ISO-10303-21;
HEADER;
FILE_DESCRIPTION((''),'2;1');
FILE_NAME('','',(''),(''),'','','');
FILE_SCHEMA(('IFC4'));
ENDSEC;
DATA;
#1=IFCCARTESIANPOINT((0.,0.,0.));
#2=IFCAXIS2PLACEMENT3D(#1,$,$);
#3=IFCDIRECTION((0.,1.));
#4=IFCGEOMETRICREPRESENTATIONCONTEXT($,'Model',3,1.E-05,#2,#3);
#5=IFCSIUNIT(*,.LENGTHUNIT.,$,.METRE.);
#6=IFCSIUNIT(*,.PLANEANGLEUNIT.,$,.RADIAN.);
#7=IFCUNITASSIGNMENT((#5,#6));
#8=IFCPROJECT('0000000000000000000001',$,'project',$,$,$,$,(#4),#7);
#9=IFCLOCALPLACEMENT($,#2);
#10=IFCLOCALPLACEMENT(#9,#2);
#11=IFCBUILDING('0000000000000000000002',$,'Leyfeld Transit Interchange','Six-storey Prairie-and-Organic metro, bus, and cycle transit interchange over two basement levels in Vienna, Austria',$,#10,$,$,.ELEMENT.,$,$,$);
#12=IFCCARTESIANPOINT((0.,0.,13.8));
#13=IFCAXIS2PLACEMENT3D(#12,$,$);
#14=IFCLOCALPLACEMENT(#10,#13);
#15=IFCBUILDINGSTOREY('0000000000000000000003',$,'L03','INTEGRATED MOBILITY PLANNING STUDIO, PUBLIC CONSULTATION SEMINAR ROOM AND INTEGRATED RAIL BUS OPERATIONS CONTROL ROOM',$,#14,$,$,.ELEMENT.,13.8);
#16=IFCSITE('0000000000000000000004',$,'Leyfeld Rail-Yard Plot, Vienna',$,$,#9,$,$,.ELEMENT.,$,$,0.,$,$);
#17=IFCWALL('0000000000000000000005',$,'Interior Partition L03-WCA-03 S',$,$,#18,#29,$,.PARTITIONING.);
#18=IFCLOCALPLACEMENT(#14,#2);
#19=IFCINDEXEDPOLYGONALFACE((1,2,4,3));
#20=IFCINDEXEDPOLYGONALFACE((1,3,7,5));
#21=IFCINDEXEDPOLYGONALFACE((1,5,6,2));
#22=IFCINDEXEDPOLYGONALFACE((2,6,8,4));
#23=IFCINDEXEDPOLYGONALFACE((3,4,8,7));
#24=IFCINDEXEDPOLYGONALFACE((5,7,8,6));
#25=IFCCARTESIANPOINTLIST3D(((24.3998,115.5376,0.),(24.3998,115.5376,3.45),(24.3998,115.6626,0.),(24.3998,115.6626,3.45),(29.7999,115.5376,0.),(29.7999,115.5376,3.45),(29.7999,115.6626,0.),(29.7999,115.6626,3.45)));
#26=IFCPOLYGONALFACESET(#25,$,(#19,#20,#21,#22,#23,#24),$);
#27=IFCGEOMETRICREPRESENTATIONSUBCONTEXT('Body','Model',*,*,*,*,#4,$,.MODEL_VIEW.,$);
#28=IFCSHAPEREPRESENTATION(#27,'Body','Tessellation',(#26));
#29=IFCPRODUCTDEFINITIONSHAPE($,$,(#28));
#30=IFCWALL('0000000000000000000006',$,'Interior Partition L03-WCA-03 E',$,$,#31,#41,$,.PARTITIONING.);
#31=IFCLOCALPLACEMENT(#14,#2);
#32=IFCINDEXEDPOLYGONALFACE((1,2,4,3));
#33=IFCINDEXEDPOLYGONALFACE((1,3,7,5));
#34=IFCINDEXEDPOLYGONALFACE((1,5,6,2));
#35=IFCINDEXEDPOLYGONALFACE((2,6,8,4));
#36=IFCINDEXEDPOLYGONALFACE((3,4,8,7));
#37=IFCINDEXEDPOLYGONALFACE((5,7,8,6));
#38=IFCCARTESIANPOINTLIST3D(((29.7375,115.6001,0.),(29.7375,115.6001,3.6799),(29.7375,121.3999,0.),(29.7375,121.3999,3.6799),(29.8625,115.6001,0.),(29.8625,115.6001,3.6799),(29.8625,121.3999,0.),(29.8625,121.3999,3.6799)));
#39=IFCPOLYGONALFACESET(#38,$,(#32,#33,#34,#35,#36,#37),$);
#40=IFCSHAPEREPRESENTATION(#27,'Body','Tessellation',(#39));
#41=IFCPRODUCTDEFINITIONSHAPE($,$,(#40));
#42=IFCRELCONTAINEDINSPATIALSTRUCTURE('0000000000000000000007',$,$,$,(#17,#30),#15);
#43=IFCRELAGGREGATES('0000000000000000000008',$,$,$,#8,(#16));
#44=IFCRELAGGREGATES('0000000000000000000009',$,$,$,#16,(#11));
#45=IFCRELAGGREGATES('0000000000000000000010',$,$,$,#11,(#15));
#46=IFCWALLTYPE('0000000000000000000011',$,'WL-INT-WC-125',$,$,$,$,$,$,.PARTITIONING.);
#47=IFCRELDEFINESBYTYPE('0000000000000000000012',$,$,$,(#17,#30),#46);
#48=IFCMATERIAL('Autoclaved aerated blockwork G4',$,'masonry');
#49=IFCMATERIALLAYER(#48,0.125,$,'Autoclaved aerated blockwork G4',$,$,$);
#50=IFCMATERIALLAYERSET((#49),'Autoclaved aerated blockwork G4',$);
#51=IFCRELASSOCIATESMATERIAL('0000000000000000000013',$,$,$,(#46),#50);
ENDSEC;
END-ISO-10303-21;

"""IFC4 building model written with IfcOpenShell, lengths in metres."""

from ifc_helpers import new_model, si_unit, direction, frame, frame_2d, origin, place, context, subcontext, project, spatial, rectangle, extrude, material, layer, layer_set, type_object, element, save


model = new_model("IFC4")

# Units and contexts
model_context = context("Model", 3, precision=1e-05, world=origin(), true_north=direction((0.0, 1.0)))
body_context = subcontext(model_context, "Body", "Model", "MODEL_VIEW")
ifc_project = project(units=[si_unit("LENGTHUNIT", "METRE"), si_unit("PLANEANGLEUNIT", "RADIAN")], contexts=[model_context])

# Site, building, storey
site_placement = place(None, origin())
site = spatial("IfcSite", under=ifc_project, at=site_placement, Name="Leyfeld Rail-Yard Plot, Vienna", CompositionType="ELEMENT", RefElevation=0.0)
building_placement = place(site_placement, origin())
building = spatial("IfcBuilding", under=site, at=building_placement, Name="Leyfeld Transit Interchange", Description="Six-storey Prairie-and-Organic metro, bus, and cycle transit interchange over two basement levels in Vienna, Austria", CompositionType="ELEMENT")
storey_placement = place(building_placement, frame((0.0, 0.0, 13.8)))
storey = spatial("IfcBuildingStorey", under=building, at=storey_placement, Name="L03", Description="INTEGRATED MOBILITY PLANNING STUDIO, PUBLIC CONSULTATION SEMINAR ROOM AND INTEGRATED RAIL BUS OPERATIONS CONTROL ROOM", CompositionType="ELEMENT", Elevation=13.8)

# Walls
ifc_material_1 = material(Name="Autoclaved aerated blockwork G4", Category="masonry")
ifc_layer_1 = layer(ifc_material_1, 0.125, Name="Autoclaved aerated blockwork G4")
ifc_layer_set_1 = layer_set([ifc_layer_1], Name="Autoclaved aerated blockwork G4")
wall_type_1 = type_object("IfcWallType", Name="WL-INT-WC-125", PredefinedType="PARTITIONING", material=ifc_layer_set_1)
wall_1_placement = place(storey_placement, frame((29.8, 115.6001, 0.0), z_axis=(0.0, 0.0, 1.0), x_axis=(-1.0, 0.0, 0.0)))
element("IfcWall", 1, at=wall_1_placement, inside=storey, type_object=wall_type_1, Name="Interior Partition L03-WCA-03 S", PredefinedType="PARTITIONING", context=body_context, shape_type="SweptSolid", body=[
    extrude(rectangle(XDim=5.4001, YDim=0.125, at=frame_2d((2.7002, 0.0))), origin(), (0.0, 0.0, 1.0), 3.45),
])
wall_2_placement = place(storey_placement, frame((29.8, 121.3999, 0.0), z_axis=(0.0, 0.0, 1.0), x_axis=(0.0, -1.0, 0.0)))
element("IfcWall", 2, at=wall_2_placement, inside=storey, type_object=wall_type_1, Name="Interior Partition L03-WCA-03 E", PredefinedType="PARTITIONING", context=body_context, shape_type="SweptSolid", body=[
    extrude(rectangle(XDim=5.7998, YDim=0.125, at=frame_2d((2.8999, 0.0))), origin(), (0.0, 0.0, 1.0), 3.6799),
])

save(model, "model.ifc")
